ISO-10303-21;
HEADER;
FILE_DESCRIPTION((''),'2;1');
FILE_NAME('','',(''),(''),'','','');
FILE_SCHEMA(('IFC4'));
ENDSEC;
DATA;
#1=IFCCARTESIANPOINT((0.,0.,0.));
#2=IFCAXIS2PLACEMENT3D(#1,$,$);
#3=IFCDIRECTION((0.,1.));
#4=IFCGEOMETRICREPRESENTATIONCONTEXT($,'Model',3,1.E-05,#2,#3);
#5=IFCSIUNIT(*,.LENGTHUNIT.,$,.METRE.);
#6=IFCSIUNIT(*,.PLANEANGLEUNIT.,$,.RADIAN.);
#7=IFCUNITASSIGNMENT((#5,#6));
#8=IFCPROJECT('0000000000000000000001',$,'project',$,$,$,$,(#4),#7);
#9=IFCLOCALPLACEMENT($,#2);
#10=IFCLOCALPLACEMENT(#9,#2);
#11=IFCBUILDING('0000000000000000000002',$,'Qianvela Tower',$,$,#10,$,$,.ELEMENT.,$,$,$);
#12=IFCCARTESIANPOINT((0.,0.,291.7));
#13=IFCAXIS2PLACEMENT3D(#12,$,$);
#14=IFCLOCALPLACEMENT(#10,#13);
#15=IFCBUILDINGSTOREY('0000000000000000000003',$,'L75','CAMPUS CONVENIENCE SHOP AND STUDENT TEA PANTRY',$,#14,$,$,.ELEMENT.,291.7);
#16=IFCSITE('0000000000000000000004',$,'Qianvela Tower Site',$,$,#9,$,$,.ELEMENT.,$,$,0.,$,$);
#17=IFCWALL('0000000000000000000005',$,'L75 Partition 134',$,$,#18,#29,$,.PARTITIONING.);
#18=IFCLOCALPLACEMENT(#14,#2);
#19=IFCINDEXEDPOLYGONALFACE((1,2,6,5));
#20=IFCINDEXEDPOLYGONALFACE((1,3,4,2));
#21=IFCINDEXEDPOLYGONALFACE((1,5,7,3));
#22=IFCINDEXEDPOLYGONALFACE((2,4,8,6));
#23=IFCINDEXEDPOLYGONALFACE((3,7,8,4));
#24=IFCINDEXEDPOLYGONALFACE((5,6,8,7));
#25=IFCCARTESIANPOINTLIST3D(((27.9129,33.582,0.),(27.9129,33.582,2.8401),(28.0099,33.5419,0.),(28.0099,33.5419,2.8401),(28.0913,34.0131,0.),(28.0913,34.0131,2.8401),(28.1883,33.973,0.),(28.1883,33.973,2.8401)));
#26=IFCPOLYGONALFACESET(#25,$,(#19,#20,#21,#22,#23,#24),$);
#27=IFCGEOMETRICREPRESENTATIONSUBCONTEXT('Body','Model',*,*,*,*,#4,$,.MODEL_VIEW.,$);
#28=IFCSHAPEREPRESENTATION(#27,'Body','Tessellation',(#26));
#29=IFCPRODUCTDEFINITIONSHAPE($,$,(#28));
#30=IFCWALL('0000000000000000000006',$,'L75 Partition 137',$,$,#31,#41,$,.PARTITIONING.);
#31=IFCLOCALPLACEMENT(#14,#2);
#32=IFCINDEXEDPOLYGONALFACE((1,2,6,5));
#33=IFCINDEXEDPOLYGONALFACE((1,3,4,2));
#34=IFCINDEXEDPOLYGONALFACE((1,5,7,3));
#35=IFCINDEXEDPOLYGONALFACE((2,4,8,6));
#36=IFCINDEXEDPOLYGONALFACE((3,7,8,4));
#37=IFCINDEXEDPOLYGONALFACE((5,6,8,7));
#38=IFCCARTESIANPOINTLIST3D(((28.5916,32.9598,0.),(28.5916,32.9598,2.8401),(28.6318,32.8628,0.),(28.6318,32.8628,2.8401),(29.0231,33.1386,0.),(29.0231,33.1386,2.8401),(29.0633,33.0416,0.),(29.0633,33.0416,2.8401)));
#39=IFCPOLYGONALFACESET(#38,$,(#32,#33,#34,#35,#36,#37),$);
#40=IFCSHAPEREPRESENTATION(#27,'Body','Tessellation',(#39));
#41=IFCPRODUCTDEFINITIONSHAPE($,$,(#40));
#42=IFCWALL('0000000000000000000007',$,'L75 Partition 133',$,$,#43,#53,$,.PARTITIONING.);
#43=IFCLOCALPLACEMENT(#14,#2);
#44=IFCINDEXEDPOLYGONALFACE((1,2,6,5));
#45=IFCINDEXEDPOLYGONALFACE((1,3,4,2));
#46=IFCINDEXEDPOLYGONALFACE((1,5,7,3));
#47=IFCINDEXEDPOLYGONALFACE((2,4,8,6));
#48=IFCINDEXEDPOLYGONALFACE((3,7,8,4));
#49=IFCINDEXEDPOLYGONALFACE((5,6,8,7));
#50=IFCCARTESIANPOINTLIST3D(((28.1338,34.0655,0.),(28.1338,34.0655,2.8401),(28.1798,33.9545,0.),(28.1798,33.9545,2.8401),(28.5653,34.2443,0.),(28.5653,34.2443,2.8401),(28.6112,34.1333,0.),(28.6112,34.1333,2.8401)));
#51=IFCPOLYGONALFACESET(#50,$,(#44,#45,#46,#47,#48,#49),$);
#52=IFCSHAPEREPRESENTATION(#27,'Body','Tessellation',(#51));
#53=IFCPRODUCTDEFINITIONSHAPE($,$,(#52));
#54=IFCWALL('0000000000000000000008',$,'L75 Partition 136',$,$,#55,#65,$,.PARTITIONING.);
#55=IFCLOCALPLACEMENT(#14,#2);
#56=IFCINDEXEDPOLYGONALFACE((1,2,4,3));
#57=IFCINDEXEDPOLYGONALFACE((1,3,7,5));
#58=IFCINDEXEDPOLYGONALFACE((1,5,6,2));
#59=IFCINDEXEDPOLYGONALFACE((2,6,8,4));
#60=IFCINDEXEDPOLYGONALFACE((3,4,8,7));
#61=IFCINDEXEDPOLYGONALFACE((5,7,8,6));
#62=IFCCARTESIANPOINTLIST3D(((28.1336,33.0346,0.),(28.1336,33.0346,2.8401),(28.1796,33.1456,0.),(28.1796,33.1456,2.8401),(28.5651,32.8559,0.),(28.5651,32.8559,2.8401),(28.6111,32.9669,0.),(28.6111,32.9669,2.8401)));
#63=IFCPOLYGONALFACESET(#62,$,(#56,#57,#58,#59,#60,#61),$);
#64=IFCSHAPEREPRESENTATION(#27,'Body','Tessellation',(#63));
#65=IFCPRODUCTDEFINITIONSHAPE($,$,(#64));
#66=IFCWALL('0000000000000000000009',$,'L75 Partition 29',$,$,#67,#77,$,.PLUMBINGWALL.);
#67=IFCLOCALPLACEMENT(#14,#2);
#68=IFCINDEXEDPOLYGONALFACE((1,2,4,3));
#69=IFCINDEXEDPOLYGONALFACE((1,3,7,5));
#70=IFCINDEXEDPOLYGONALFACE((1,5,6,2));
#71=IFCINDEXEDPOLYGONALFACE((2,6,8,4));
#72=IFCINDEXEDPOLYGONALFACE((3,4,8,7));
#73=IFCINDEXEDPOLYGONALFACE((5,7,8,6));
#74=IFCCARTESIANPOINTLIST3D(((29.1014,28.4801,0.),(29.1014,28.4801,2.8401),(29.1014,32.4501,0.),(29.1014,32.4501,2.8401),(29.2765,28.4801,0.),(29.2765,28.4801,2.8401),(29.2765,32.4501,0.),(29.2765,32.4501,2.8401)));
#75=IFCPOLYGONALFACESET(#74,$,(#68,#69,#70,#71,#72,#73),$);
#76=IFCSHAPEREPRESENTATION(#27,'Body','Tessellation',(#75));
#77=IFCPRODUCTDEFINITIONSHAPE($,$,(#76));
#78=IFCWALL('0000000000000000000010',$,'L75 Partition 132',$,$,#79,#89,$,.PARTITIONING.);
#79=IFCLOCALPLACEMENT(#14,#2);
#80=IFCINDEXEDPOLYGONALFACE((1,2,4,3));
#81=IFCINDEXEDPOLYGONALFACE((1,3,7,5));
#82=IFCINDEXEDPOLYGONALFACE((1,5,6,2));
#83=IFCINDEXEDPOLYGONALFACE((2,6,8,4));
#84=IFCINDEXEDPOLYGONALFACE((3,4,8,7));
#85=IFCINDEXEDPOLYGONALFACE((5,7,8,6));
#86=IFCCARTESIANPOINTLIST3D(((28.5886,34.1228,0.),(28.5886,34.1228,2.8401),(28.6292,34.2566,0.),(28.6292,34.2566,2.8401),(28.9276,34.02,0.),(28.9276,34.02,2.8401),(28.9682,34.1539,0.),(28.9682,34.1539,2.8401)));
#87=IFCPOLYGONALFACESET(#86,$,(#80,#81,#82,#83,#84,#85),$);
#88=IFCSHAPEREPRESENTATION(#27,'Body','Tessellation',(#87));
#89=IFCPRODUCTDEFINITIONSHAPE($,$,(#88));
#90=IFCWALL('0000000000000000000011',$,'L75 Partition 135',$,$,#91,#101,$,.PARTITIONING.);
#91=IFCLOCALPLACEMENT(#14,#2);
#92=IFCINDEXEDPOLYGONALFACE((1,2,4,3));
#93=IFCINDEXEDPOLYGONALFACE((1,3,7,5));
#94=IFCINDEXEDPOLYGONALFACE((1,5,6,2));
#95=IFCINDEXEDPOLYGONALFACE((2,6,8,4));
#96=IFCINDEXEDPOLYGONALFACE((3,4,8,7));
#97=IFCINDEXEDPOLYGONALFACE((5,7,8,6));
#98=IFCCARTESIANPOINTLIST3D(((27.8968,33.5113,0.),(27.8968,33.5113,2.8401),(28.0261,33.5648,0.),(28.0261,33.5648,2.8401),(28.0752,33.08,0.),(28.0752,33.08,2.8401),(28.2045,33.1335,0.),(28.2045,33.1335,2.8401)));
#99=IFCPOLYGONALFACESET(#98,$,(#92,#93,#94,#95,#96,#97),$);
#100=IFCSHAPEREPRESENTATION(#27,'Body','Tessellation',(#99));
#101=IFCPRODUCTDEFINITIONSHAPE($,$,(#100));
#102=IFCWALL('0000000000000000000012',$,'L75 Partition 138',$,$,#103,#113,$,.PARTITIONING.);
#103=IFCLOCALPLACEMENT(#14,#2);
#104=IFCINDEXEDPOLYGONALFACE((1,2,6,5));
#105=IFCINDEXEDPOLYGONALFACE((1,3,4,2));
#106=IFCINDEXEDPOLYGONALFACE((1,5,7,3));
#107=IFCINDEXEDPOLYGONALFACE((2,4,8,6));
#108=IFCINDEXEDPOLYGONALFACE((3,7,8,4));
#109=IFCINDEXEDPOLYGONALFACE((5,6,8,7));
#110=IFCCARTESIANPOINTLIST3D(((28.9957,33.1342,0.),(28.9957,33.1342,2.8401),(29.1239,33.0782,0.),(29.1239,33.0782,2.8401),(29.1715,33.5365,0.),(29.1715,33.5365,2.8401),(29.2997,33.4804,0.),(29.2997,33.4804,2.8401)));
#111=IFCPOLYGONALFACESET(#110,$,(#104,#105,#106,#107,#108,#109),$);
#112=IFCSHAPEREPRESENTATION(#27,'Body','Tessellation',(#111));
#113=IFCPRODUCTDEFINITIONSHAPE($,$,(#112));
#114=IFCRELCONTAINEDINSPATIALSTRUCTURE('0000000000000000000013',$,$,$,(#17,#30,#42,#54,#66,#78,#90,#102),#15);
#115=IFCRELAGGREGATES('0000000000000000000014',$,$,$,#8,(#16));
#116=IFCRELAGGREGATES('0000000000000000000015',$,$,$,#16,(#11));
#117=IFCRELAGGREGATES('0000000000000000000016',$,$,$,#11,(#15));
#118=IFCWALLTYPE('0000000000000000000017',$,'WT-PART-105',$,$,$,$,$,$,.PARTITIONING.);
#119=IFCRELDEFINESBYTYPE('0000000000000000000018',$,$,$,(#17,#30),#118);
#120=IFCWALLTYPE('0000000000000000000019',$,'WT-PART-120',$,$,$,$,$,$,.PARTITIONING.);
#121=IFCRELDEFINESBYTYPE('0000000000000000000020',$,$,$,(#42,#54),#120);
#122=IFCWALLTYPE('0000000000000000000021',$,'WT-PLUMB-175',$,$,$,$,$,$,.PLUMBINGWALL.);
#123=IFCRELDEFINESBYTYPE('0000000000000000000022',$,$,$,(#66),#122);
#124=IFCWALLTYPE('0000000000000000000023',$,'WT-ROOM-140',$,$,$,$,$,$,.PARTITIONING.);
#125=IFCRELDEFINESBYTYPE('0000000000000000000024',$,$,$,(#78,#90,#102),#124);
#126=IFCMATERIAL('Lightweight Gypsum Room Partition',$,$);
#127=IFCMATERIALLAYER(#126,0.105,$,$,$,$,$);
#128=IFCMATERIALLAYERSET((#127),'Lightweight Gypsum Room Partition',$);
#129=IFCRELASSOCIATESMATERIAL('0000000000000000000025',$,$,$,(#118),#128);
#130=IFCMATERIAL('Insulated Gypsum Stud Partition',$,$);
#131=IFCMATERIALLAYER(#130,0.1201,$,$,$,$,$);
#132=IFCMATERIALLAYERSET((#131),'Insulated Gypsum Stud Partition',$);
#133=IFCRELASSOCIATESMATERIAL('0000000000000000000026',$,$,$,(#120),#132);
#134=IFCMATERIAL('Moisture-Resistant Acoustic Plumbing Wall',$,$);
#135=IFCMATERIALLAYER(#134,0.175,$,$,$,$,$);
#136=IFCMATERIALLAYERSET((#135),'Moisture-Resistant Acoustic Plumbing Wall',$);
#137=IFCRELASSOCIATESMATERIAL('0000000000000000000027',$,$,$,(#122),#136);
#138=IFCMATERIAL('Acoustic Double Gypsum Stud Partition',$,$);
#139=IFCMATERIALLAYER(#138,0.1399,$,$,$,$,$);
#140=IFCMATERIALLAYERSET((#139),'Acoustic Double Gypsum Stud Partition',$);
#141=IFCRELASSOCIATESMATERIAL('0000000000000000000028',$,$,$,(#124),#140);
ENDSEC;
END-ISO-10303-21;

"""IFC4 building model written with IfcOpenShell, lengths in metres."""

from ifc_helpers import new_model, si_unit, direction, frame, frame_2d, origin, place, context, subcontext, project, spatial, rectangle, extrude, material, layer, layer_set, type_object, element, save


model = new_model("IFC4")

# Units and contexts
model_context = context("Model", 3, precision=1e-05, world=origin(), true_north=direction((0.0, 1.0)))
body_context = subcontext(model_context, "Body", "Model", "MODEL_VIEW")
ifc_project = project(units=[si_unit("LENGTHUNIT", "METRE"), si_unit("PLANEANGLEUNIT", "RADIAN")], contexts=[model_context])

# Site, building, storey
site_placement = place(None, origin())
site = spatial("IfcSite", under=ifc_project, at=site_placement, Name="Qianvela Tower Site", CompositionType="ELEMENT", RefElevation=0.0)
building_placement = place(site_placement, origin())
building = spatial("IfcBuilding", under=site, at=building_placement, Name="Qianvela Tower", CompositionType="ELEMENT")
storey_placement = place(building_placement, frame((0.0, 0.0, 291.7)))
storey = spatial("IfcBuildingStorey", under=building, at=storey_placement, Name="L75", Description="CAMPUS CONVENIENCE SHOP AND STUDENT TEA PANTRY", CompositionType="ELEMENT", Elevation=291.7)

# Walls
ifc_material_1 = material(Name="Lightweight Gypsum Room Partition")
ifc_layer_1 = layer(ifc_material_1, 0.105)
ifc_layer_set_1 = layer_set([ifc_layer_1], Name="Lightweight Gypsum Room Partition")
wall_type_1 = type_object("IfcWallType", Name="WT-PART-105", PredefinedType="PARTITIONING", material=ifc_layer_set_1)
wall_1_placement = place(storey_placement, frame((28.1399, 33.9932, 0.0), z_axis=(0.0, 0.0, 1.0), x_axis=(-0.38246, -0.923972, 0.0)))
element("IfcWall", 1, at=wall_1_placement, inside=storey, type_object=wall_type_1, Name="L75 Partition 134", PredefinedType="PARTITIONING", context=body_context, shape_type="SweptSolid", body=[
    extrude(rectangle(XDim=0.4666, YDim=0.105, at=frame_2d((0.2334, 0.0))), origin(), (0.0, 0.0, 1.0), 2.8401),
])
wall_2_placement = place(storey_placement, frame((28.6118, 32.9114, 0.0), z_axis=(0.0, 0.0, 1.0), x_axis=(0.923864, 0.382721, 0.0)))
element("IfcWall", 2, at=wall_2_placement, inside=storey, type_object=wall_type_1, Name="L75 Partition 137", PredefinedType="PARTITIONING", context=body_context, shape_type="SweptSolid", body=[
    extrude(rectangle(XDim=0.467, YDim=0.105, at=frame_2d((0.2334, 0.0))), origin(), (0.0, 0.0, 1.0), 2.8401),
])
ifc_material_2 = material(Name="Insulated Gypsum Stud Partition")
ifc_layer_2 = layer(ifc_material_2, 0.1201)
ifc_layer_set_2 = layer_set([ifc_layer_2], Name="Insulated Gypsum Stud Partition")
wall_type_2 = type_object("IfcWallType", Name="WT-PART-120", PredefinedType="PARTITIONING", material=ifc_layer_set_2)
for number, where, z_axis, x_axis, name in (
    (3, (28.5881, 34.1887, 0.0), (0.0, 0.0, 1.0), (-0.923864, -0.382721, 0.0), "L75 Partition 133"),
    (4, (28.1567, 33.0901, 0.0), (0.0, 0.0, 1.0), (0.923864, -0.382721, 0.0), "L75 Partition 136"),
):
    element("IfcWall", number, at=place(storey_placement, frame(where, z_axis=z_axis, x_axis=x_axis)), inside=storey, type_object=wall_type_2, Name=name, PredefinedType="PARTITIONING", context=body_context, shape_type="SweptSolid", body=[
        extrude(rectangle(XDim=0.467, YDim=0.1201, at=frame_2d((0.2334, 0.0))), origin(), (0.0, 0.0, 1.0), 2.8401),
    ])
ifc_material_3 = material(Name="Moisture-Resistant Acoustic Plumbing Wall")
ifc_layer_3 = layer(ifc_material_3, 0.175)
ifc_layer_set_3 = layer_set([ifc_layer_3], Name="Moisture-Resistant Acoustic Plumbing Wall")
wall_type_3 = type_object("IfcWallType", Name="WT-PLUMB-175", PredefinedType="PLUMBINGWALL", material=ifc_layer_set_3)
wall_3_placement = place(storey_placement, frame((29.189, 32.45, 0.0), z_axis=(0.0, 0.0, 1.0), x_axis=(0.0, -1.0, 0.0)))
element("IfcWall", 5, at=wall_3_placement, inside=storey, type_object=wall_type_3, Name="L75 Partition 29", PredefinedType="PLUMBINGWALL", context=body_context, shape_type="SweptSolid", body=[
    extrude(rectangle(XDim=3.97, YDim=0.175, at=frame_2d((1.9849, 0.0))), origin(), (0.0, 0.0, 1.0), 2.8401),
])
ifc_material_4 = material(Name="Acoustic Double Gypsum Stud Partition")
ifc_layer_4 = layer(ifc_material_4, 0.1399)
ifc_layer_set_4 = layer_set([ifc_layer_4], Name="Acoustic Double Gypsum Stud Partition")
wall_type_4 = type_object("IfcWallType", Name="WT-ROOM-140", PredefinedType="PARTITIONING", material=ifc_layer_set_4)
wall_4_placement = place(storey_placement, frame((28.948, 34.0869, 0.0), z_axis=(0.0, 0.0, 1.0), x_axis=(-0.957007, 0.290065, 0.0)))
element("IfcWall", 6, at=wall_4_placement, inside=storey, type_object=wall_type_4, Name="L75 Partition 132", PredefinedType="PARTITIONING", context=body_context, shape_type="SweptSolid", body=[
    extrude(rectangle(XDim=0.3542, YDim=0.1399, at=frame_2d((0.1772, 0.0))), origin(), (0.0, 0.0, 1.0), 2.8401),
])
wall_5_placement = place(storey_placement, frame((27.9614, 33.5381, 0.0), z_axis=(0.0, 0.0, 1.0), x_axis=(0.382275, -0.924049, 0.0)))
element("IfcWall", 7, at=wall_5_placement, inside=storey, type_object=wall_type_4, Name="L75 Partition 135", PredefinedType="PARTITIONING", context=body_context, shape_type="SweptSolid", body=[
    extrude(rectangle(XDim=0.4668, YDim=0.1399, at=frame_2d((0.2334, 0.0))), origin(), (0.0, 0.0, 1.0), 2.8401),
])
wall_6_placement = place(storey_placement, frame((29.0598, 33.1062, 0.0), z_axis=(0.0, 0.0, 1.0), x_axis=(0.400352, 0.916361, 0.0)))
element("IfcWall", 8, at=wall_6_placement, inside=storey, type_object=wall_type_4, Name="L75 Partition 138", PredefinedType="PARTITIONING", context=body_context, shape_type="SweptSolid", body=[
    extrude(rectangle(XDim=0.439, YDim=0.1399, at=frame_2d((0.2195, 0.0))), origin(), (0.0, 0.0, 1.0), 2.8401),
])

save(model, "model.ifc")
